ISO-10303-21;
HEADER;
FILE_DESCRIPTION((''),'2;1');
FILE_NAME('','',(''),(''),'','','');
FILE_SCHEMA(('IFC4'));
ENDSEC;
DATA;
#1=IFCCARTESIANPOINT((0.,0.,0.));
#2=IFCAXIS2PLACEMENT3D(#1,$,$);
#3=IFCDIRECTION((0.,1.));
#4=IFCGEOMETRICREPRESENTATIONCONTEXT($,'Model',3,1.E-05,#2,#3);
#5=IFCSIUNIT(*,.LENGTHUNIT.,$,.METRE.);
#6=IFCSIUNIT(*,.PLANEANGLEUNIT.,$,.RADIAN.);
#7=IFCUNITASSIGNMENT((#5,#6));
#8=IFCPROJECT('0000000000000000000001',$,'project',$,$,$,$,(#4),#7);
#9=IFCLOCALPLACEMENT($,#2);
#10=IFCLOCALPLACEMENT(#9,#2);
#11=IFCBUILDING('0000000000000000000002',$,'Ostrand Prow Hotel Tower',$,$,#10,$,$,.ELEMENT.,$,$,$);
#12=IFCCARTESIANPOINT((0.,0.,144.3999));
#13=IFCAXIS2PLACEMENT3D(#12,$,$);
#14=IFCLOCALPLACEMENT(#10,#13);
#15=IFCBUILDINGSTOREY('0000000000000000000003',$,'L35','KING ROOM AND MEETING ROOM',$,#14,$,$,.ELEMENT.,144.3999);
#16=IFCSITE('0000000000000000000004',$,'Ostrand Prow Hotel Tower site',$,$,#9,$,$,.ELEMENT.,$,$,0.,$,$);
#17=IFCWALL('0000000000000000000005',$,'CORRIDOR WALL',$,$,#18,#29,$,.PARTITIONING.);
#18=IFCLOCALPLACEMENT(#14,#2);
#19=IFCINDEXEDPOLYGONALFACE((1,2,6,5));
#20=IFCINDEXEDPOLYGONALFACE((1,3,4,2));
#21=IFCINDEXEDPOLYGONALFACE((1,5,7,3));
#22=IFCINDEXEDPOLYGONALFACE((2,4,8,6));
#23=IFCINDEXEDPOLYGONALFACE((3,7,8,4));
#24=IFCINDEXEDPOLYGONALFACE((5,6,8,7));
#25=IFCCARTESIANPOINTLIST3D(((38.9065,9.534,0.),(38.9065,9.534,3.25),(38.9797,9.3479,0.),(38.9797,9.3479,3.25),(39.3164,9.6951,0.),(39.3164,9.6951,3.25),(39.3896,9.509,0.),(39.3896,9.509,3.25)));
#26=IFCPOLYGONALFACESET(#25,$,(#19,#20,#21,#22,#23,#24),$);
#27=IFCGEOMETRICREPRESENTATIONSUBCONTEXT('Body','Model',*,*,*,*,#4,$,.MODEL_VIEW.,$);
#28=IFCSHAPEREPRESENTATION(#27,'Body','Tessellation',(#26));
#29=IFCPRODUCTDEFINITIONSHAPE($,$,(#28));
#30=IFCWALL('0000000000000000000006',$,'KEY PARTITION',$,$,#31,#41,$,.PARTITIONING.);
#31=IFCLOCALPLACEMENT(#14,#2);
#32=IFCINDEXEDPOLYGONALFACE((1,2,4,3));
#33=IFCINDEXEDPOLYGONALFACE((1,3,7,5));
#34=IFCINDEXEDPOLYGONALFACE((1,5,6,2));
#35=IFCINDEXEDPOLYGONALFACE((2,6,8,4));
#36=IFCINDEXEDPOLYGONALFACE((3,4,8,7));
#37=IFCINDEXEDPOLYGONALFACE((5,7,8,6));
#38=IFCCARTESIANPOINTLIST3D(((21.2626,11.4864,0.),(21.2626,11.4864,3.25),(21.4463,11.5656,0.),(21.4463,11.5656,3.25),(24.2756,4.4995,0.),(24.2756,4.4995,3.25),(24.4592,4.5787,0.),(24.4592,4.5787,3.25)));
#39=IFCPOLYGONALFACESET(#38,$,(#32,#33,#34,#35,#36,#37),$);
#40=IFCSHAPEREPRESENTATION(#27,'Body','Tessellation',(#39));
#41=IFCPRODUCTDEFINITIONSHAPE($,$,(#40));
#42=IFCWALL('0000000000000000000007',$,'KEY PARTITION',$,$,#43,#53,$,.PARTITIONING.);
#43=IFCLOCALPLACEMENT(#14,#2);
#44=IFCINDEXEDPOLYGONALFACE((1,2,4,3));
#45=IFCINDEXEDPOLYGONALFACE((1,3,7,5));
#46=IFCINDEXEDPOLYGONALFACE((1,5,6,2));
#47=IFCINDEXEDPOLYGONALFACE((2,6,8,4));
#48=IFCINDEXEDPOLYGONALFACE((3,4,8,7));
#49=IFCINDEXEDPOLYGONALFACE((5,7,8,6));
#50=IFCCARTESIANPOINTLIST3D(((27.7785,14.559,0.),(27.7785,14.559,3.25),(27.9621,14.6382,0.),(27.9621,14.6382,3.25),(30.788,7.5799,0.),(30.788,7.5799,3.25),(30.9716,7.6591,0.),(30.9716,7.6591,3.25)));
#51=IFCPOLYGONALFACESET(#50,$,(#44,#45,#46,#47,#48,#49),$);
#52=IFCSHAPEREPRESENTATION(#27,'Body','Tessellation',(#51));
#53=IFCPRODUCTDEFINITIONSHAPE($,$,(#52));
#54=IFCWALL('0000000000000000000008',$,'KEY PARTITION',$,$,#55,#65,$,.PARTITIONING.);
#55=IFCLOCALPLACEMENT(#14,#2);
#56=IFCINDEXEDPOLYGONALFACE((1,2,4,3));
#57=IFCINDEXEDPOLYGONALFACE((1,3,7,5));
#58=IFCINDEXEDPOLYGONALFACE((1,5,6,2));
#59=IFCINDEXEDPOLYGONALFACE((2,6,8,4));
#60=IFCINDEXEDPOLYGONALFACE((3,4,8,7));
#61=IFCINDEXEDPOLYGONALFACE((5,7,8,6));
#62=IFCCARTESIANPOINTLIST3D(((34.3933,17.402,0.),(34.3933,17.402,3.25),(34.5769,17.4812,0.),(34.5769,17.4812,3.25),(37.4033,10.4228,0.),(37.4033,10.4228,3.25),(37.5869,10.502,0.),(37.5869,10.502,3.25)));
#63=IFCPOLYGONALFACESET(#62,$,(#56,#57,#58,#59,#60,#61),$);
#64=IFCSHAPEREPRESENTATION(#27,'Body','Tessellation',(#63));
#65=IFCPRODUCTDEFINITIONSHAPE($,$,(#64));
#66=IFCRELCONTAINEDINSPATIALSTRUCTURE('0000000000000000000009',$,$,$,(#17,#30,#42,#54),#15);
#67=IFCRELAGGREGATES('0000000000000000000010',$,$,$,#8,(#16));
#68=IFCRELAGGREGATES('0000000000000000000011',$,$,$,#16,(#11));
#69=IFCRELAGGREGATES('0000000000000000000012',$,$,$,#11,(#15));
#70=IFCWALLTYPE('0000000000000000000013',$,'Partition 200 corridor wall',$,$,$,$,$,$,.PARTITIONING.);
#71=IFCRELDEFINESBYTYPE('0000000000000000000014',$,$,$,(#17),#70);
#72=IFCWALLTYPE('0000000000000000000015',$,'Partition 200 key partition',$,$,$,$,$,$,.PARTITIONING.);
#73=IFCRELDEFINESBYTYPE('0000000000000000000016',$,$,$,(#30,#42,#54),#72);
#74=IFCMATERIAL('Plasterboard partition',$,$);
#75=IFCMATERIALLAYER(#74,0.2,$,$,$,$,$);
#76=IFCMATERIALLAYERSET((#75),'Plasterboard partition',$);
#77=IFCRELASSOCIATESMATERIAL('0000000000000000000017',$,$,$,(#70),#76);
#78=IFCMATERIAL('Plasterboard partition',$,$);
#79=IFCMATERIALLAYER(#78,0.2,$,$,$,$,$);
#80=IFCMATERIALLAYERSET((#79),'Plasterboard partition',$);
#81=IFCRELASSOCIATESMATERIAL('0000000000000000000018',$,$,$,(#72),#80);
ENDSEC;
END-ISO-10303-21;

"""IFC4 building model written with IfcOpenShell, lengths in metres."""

from ifc_helpers import new_model, si_unit, direction, frame, frame_2d, origin, place, context, subcontext, project, spatial, rectangle, extrude, material, layer, layer_set, type_object, element, save


model = new_model("IFC4")

# Units and contexts
model_context = context("Model", 3, precision=1e-05, world=origin(), true_north=direction((0.0, 1.0)))
body_context = subcontext(model_context, "Body", "Model", "MODEL_VIEW")
ifc_project = project(units=[si_unit("LENGTHUNIT", "METRE"), si_unit("PLANEANGLEUNIT", "RADIAN")], contexts=[model_context])

# Site, building, storey
site_placement = place(None, origin())
site = spatial("IfcSite", under=ifc_project, at=site_placement, Name="Ostrand Prow Hotel Tower site", CompositionType="ELEMENT", RefElevation=0.0)
building_placement = place(site_placement, origin())
building = spatial("IfcBuilding", under=site, at=building_placement, Name="Ostrand Prow Hotel Tower", CompositionType="ELEMENT")
storey_placement = place(building_placement, frame((0.0, 0.0, 144.3999)))
storey = spatial("IfcBuildingStorey", under=building, at=storey_placement, Name="L35", Description="KING ROOM AND MEETING ROOM", CompositionType="ELEMENT", Elevation=144.3999)

# Shared definitions
ifc_material_1 = material(Name="Plasterboard partition")
ifc_layer_1 = layer(ifc_material_1, 0.2)
ifc_layer_set_1 = layer_set([ifc_layer_1], Name="Plasterboard partition")
wall_type_1 = type_object("IfcWallType", Name="Partition 200 corridor wall", PredefinedType="PARTITIONING", material=ifc_layer_set_1)

# Walls
wall_1_placement = place(storey_placement, frame((38.9431, 9.4409, 0.0), z_axis=(0.0, 0.0, 1.0), x_axis=(0.930677, 0.365841, 0.0)))
element("IfcWall", 1, at=wall_1_placement, inside=storey, type_object=wall_type_1, Name="CORRIDOR WALL", PredefinedType="PARTITIONING", context=body_context, shape_type="SweptSolid", body=[
    extrude(rectangle(XDim=0.4404, YDim=0.2, at=frame_2d((0.2202, 0.0))), origin(), (0.0, 0.0, 1.0), 3.25),
])
ifc_material_2 = material(Name="Plasterboard partition")
ifc_layer_2 = layer(ifc_material_2, 0.2)
ifc_layer_set_2 = layer_set([ifc_layer_2], Name="Plasterboard partition")
wall_type_2 = type_object("IfcWallType", Name="Partition 200 key partition", PredefinedType="PARTITIONING", material=ifc_layer_set_2)
wall_2_placement = place(storey_placement, frame((24.3674, 4.5391, 0.0), z_axis=(0.0, 0.0, 1.0), x_axis=(-0.395982, 0.918258, 0.0)))
element("IfcWall", 2, at=wall_2_placement, inside=storey, type_object=wall_type_2, Name="KEY PARTITION", PredefinedType="PARTITIONING", context=body_context, shape_type="SweptSolid", body=[
    extrude(rectangle(XDim=7.6089, YDim=0.2, at=frame_2d((3.8044, 0.0))), origin(), (0.0, 0.0, 1.0), 3.25),
])
wall_3_placement = place(storey_placement, frame((30.8799, 7.6194, 0.0), z_axis=(0.0, 0.0, 1.0), x_axis=(-0.395977, 0.91826, 0.0)))
element("IfcWall", 3, at=wall_3_placement, inside=storey, type_object=wall_type_2, Name="KEY PARTITION", PredefinedType="PARTITIONING", context=body_context, shape_type="SweptSolid", body=[
    extrude(rectangle(XDim=7.6003, YDim=0.2, at=frame_2d((3.8003, 0.0))), origin(), (0.0, 0.0, 1.0), 3.25),
])
wall_4_placement = place(storey_placement, frame((37.4951, 10.4624, 0.0), z_axis=(0.0, 0.0, 1.0), x_axis=(-0.396019, 0.918242, 0.0)))
element("IfcWall", 4, at=wall_4_placement, inside=storey, type_object=wall_type_2, Name="KEY PARTITION", PredefinedType="PARTITIONING", context=body_context, shape_type="SweptSolid", body=[
    extrude(rectangle(XDim=7.6006, YDim=0.2, at=frame_2d((3.8003, 0.0))), origin(), (0.0, 0.0, 1.0), 3.25),
])

save(model, "model.ifc")
